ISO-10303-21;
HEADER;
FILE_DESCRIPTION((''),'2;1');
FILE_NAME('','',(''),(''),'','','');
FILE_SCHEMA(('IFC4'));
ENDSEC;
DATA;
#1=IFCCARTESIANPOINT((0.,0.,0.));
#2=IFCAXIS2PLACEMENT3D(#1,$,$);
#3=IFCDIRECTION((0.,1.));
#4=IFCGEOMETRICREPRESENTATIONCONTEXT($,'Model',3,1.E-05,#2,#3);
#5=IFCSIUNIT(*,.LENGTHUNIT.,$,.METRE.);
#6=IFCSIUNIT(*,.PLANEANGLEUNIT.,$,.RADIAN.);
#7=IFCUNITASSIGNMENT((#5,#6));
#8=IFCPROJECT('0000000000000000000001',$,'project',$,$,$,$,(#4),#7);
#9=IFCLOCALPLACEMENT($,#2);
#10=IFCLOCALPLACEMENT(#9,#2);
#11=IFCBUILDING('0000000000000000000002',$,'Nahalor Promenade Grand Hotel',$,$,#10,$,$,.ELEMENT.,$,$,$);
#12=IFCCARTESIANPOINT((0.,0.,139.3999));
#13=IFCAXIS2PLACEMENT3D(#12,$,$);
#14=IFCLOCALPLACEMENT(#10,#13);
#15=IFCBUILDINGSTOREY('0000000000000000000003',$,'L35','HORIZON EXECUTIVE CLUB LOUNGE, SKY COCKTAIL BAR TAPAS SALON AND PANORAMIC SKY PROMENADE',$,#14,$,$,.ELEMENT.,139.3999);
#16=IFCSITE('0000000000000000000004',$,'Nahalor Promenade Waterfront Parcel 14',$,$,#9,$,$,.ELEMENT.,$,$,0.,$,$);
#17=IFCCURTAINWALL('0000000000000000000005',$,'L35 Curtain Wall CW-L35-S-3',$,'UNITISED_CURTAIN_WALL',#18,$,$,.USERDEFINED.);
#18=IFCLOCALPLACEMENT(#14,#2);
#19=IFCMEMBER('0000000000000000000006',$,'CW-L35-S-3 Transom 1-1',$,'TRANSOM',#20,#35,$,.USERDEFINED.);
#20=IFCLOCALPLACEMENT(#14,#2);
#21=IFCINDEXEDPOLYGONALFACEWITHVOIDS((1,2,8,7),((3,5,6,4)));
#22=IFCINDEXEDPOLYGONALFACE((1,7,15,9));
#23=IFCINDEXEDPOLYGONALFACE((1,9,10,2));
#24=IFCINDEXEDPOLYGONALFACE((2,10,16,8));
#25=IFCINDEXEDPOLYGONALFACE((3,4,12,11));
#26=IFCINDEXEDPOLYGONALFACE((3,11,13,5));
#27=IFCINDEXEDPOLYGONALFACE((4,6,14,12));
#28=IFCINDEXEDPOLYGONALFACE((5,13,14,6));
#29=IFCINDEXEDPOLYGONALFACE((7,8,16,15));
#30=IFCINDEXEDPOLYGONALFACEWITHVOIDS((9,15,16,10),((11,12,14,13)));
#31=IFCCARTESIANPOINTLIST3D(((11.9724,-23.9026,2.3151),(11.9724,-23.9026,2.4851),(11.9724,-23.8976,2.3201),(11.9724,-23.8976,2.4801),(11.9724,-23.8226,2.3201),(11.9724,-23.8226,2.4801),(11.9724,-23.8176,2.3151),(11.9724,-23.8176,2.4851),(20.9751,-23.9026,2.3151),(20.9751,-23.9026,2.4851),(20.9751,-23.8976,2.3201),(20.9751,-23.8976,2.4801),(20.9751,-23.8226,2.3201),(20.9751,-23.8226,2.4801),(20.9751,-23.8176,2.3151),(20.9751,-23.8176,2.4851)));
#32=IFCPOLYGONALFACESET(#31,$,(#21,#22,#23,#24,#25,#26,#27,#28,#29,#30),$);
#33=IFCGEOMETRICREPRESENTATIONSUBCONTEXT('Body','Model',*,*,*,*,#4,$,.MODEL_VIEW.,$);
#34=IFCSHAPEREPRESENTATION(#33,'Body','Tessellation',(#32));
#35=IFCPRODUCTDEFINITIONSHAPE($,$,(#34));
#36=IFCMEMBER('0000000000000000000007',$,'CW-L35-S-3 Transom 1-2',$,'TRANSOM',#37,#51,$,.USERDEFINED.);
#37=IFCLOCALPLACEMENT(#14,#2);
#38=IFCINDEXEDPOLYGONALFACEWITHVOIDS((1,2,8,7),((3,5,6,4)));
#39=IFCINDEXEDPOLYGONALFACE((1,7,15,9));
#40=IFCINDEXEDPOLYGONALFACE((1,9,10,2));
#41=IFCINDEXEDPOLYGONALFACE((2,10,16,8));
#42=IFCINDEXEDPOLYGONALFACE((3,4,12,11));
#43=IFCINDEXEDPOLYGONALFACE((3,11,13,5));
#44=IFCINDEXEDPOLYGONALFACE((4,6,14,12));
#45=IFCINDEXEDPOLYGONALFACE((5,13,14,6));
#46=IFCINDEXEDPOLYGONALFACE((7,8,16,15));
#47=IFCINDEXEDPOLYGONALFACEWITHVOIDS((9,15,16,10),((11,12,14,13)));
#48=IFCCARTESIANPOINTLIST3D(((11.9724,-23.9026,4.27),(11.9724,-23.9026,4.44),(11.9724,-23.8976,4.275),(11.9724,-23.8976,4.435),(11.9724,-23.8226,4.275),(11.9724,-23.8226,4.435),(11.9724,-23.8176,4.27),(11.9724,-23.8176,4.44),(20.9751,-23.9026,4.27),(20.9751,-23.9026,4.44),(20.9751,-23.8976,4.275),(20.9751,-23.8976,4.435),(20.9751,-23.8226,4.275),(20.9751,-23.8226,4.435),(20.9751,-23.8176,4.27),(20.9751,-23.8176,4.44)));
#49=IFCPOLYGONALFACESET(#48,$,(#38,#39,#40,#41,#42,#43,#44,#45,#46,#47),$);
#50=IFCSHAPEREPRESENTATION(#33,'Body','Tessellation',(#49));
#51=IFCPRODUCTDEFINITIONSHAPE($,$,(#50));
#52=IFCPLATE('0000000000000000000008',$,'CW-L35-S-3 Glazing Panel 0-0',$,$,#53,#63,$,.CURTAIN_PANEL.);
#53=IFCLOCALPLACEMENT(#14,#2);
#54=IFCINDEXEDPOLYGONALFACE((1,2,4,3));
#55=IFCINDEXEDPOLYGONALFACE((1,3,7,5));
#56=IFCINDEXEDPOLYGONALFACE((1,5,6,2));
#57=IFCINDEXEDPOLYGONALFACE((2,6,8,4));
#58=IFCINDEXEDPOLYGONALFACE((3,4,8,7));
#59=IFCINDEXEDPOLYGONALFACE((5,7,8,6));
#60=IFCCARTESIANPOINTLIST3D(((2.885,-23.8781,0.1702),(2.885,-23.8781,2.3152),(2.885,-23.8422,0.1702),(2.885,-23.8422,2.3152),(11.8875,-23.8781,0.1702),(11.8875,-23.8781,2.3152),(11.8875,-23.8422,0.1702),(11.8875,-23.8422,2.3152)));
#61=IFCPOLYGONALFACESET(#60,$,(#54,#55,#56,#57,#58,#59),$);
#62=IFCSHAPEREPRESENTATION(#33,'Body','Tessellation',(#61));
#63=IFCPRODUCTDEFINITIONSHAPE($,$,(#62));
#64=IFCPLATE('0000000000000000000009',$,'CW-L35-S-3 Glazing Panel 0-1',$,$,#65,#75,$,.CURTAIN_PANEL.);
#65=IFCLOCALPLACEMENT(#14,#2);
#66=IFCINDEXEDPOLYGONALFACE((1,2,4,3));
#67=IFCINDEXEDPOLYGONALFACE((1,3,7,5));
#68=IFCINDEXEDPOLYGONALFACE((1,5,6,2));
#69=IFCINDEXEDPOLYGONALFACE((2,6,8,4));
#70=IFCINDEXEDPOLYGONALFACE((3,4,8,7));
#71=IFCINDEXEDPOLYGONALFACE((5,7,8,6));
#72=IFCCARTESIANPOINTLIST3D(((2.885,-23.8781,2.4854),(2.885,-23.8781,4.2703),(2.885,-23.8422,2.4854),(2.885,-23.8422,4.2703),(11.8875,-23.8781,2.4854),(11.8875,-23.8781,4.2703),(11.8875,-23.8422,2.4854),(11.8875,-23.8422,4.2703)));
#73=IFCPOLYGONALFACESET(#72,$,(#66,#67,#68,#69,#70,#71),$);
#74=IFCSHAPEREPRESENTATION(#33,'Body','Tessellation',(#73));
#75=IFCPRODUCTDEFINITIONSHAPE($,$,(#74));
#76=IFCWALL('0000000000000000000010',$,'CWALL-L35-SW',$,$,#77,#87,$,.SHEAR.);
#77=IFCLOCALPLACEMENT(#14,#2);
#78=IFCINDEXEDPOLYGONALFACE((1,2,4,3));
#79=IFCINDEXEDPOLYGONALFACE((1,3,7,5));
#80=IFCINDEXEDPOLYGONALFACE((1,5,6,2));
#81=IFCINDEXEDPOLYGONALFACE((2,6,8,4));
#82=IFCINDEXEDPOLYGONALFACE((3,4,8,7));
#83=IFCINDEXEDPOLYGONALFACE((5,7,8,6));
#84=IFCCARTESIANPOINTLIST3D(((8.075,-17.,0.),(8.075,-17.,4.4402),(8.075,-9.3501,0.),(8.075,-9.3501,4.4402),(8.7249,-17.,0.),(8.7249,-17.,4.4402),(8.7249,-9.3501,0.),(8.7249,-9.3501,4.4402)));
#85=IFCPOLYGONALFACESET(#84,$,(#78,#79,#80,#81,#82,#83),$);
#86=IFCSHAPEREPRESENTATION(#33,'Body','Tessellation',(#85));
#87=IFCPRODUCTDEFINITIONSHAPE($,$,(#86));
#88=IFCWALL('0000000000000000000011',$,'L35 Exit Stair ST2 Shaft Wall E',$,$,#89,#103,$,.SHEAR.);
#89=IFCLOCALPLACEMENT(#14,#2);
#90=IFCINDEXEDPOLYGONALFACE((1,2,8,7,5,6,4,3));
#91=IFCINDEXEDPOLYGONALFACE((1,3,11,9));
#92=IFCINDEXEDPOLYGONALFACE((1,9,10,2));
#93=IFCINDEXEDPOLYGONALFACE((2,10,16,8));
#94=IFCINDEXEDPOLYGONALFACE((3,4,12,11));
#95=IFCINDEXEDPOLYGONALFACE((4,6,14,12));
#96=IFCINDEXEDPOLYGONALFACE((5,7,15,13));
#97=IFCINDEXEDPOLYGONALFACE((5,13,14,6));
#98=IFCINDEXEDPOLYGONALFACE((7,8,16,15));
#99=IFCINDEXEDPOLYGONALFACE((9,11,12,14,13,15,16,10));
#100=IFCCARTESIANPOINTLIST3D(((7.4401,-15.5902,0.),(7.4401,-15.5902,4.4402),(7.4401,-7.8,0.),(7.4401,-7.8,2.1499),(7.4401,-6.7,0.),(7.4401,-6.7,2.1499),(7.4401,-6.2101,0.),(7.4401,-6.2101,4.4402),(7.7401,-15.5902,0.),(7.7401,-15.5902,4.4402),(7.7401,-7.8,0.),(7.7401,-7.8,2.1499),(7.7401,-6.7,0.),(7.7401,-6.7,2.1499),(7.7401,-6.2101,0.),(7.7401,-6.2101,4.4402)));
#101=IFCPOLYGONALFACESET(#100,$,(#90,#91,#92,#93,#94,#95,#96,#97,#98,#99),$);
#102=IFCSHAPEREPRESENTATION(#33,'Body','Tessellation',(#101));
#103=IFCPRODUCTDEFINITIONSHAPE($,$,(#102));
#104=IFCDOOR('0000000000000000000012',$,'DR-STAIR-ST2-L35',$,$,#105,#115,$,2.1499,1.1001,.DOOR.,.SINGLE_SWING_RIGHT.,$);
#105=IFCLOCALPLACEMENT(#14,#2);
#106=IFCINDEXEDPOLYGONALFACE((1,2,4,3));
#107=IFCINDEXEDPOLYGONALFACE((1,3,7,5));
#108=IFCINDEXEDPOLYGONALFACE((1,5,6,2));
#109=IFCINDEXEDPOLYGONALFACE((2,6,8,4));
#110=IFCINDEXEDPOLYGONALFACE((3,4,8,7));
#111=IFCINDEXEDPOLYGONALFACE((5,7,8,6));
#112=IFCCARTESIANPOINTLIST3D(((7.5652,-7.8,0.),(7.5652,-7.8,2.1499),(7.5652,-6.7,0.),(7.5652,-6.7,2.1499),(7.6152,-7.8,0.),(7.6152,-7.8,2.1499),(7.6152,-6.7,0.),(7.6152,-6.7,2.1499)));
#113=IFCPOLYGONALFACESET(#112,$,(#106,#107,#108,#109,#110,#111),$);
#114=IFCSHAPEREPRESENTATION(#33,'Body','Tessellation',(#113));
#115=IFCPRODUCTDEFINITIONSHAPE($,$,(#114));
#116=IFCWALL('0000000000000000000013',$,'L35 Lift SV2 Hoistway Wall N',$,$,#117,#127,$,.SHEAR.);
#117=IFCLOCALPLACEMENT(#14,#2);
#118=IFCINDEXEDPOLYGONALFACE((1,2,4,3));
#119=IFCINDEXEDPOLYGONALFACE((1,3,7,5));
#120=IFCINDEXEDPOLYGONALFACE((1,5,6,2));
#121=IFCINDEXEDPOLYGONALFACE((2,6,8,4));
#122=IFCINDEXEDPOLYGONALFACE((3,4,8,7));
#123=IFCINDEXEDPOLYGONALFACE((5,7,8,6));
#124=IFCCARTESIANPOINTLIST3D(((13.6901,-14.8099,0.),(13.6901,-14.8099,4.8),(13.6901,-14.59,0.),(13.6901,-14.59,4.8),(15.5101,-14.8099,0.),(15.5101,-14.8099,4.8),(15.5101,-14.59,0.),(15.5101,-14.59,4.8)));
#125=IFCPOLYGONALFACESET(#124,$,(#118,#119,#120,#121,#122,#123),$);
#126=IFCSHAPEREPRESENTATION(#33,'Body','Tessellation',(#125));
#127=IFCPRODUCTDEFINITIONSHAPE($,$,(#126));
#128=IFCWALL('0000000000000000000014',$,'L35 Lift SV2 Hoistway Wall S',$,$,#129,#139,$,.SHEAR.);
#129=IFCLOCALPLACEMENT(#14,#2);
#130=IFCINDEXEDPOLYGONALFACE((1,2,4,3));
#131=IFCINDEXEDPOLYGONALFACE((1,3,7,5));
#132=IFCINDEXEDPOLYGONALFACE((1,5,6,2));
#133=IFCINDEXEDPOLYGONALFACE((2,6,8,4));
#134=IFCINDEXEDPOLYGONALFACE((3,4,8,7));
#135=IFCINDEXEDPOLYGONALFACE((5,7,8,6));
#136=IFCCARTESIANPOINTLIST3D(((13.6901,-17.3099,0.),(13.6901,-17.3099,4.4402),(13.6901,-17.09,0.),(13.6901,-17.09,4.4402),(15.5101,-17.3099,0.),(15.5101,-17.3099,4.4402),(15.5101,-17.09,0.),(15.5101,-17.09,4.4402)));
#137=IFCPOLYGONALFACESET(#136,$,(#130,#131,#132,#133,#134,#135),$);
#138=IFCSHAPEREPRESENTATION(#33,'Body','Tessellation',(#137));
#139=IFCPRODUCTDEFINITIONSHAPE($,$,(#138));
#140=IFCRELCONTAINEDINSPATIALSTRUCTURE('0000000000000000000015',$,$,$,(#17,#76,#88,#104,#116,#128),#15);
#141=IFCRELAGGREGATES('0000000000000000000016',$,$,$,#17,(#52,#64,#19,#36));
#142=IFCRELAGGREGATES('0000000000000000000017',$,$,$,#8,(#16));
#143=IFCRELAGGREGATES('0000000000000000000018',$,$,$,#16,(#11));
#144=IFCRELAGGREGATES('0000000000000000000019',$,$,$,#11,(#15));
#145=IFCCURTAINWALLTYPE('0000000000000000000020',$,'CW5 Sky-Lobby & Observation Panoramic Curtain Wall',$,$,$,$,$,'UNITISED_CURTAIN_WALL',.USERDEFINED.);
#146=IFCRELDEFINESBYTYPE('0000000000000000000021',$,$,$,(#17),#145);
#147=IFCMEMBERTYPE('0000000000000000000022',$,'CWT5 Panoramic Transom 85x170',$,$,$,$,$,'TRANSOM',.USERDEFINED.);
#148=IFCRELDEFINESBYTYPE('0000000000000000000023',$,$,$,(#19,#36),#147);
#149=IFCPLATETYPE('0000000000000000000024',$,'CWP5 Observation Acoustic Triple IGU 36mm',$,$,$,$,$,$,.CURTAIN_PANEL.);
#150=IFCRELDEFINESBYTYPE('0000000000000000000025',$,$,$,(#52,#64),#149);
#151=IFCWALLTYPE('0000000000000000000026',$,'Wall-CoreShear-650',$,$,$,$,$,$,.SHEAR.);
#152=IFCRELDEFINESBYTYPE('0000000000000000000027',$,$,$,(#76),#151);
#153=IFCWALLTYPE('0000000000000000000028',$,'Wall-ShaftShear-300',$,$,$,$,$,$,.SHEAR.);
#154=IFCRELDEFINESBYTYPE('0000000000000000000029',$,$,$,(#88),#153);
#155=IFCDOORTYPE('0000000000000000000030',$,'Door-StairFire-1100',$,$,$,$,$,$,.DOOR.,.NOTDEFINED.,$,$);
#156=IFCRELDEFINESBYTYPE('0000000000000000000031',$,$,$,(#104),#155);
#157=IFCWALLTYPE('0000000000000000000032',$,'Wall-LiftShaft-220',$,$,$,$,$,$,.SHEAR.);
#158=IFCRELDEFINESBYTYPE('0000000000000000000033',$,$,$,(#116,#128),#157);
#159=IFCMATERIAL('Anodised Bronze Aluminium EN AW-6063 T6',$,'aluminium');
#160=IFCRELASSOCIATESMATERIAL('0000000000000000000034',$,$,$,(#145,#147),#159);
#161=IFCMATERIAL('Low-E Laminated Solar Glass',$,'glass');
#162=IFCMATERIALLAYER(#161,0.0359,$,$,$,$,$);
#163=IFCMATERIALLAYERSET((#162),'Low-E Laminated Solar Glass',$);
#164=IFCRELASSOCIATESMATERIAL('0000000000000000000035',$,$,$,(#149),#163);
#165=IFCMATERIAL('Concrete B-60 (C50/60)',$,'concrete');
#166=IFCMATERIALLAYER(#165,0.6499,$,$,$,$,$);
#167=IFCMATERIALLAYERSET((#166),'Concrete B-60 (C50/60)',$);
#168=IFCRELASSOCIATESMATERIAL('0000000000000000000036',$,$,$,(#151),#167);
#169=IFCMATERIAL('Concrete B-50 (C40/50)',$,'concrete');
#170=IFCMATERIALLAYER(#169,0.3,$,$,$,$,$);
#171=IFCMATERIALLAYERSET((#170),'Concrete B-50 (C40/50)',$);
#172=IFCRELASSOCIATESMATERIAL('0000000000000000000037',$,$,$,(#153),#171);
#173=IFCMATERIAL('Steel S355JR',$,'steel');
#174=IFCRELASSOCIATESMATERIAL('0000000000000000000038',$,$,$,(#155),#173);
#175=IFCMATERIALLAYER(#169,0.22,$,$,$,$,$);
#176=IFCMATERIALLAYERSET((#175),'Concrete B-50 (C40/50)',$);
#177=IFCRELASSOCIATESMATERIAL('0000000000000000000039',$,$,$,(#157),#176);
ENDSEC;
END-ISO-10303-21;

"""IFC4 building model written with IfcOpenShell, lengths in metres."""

from ifc_helpers import new_model, si_unit, direction, frame, frame_2d, origin, origin_2d, place, context, subcontext, project, spatial, rectangle, hollow_rectangle, extrude, source, transform, mapped, material, layer, layer_set, material_profile, profile_set, type_object, element, fill, aggregate, save


model = new_model("IFC4")

# Units and contexts
model_context = context("Model", 3, precision=1e-05, world=origin(), true_north=direction((0.0, 1.0)))
body_context = subcontext(model_context, "Body", "Model", "MODEL_VIEW")
ifc_project = project(units=[si_unit("LENGTHUNIT", "METRE"), si_unit("PLANEANGLEUNIT", "RADIAN")], contexts=[model_context])

# Site, building, storey
site_placement = place(None, origin())
site = spatial("IfcSite", under=ifc_project, at=site_placement, Name="Nahalor Promenade Waterfront Parcel 14", CompositionType="ELEMENT", RefElevation=0.0)
building_placement = place(site_placement, origin())
building = spatial("IfcBuilding", under=site, at=building_placement, Name="Nahalor Promenade Grand Hotel", CompositionType="ELEMENT")
storey_placement = place(building_placement, frame((0.0, 0.0, 139.3999)))
storey = spatial("IfcBuildingStorey", under=building, at=storey_placement, Name="L35", Description="HORIZON EXECUTIVE CLUB LOUNGE, SKY COCKTAIL BAR TAPAS SALON AND PANORAMIC SKY PROMENADE", CompositionType="ELEMENT", Elevation=139.3999)

# Shared definitions
ifc_material_1 = material(Name="Concrete B-60 (C50/60)", Category="concrete")

# Shared definitions
ifc_material_2 = material(Name="Steel S355JR", Category="steel")

# Curtain wall, members, plates
ifc_material_3 = material(Name="Anodised Bronze Aluminium EN AW-6063 T6", Category="aluminium")
curtain_wall_type = type_object("IfcCurtainWallType", Name="CW5 Sky-Lobby & Observation Panoramic Curtain Wall", ElementType="UNITISED_CURTAIN_WALL", PredefinedType="USERDEFINED", material=ifc_material_3)
curtain_wall_placement = place(storey_placement, origin())
curtain_wall = element("IfcCurtainWall", 1, at=curtain_wall_placement, inside=storey, type_object=curtain_wall_type, Name="L35 Curtain Wall CW-L35-S-3", ObjectType="UNITISED_CURTAIN_WALL", PredefinedType="USERDEFINED")
ifc_material_profile_1 = material_profile(ifc_material_3, hollow_rectangle(XDim=0.085, YDim=0.17, WallThickness=0.005, at=origin_2d()), Name="CWT 85x170x5")
ifc_profile_set_1 = profile_set([ifc_material_profile_1], Name="Anodised Bronze Aluminium EN AW-6063 T6")
member_type_1 = type_object("IfcMemberType", Name="CWT5 Panoramic Transom 85x170", ElementType="TRANSOM", PredefinedType="USERDEFINED", material=ifc_profile_set_1)
shared_shape_1 = source(origin(), body_context, "Body", "SweptSolid", [
    extrude(hollow_rectangle(XDim=0.085, YDim=0.17, WallThickness=0.005, at=origin_2d()), origin(), (0.0, 0.0, 1.0), 9.0027),
])
member_1_placement = place(storey_placement, frame((11.9724, -23.8601, 2.4001), z_axis=(1.0, 0.0, 0.0), x_axis=(0.0, 1.0, 0.0)))
member_1 = element("IfcMember", 2, at=member_1_placement, type_object=member_type_1, Name="CW-L35-S-3 Transom 1-1", ObjectType="TRANSOM", PredefinedType="USERDEFINED", context=body_context, shape_type="MappedRepresentation", body=[
    mapped(shared_shape_1, transform((0.0, 0.0, 0.0), scale=1.0)),
])
member_2_placement = place(storey_placement, frame((11.9724, -23.8601, 4.355), z_axis=(1.0, 0.0, 0.0), x_axis=(0.0, 1.0, 0.0)))
member_2 = element("IfcMember", 3, at=member_2_placement, type_object=member_type_1, Name="CW-L35-S-3 Transom 1-2", ObjectType="TRANSOM", PredefinedType="USERDEFINED", context=body_context, shape_type="MappedRepresentation", body=[
    mapped(shared_shape_1, transform((0.0, 0.0, 0.0), scale=1.0)),
])
ifc_material_4 = material(Name="Low-E Laminated Solar Glass", Category="glass")
ifc_layer_1 = layer(ifc_material_4, 0.0359)
ifc_layer_set_1 = layer_set([ifc_layer_1], Name="Low-E Laminated Solar Glass")
plate_type = type_object("IfcPlateType", Name="CWP5 Observation Acoustic Triple IGU 36mm", PredefinedType="CURTAIN_PANEL", material=ifc_layer_set_1)
shared_shape_2 = source(origin(), body_context, "Body", "SweptSolid", [
    extrude(rectangle(XDim=9.0024, YDim=0.0359, at=origin_2d()), origin(), (0.0, 0.0, 1.0), 2.145),
])
plate_1_placement = place(storey_placement, frame((7.3862, -23.8601, 0.1702), z_axis=(0.0, 0.0, 1.0), x_axis=(1.0, 0.0, 0.0)))
plate_1 = element("IfcPlate", 4, at=plate_1_placement, type_object=plate_type, Name="CW-L35-S-3 Glazing Panel 0-0", PredefinedType="CURTAIN_PANEL", context=body_context, shape_type="MappedRepresentation", body=[
    mapped(shared_shape_2, transform((0.0, 0.0, 0.0), scale=1.0)),
])
shared_shape_3 = source(origin(), body_context, "Body", "SweptSolid", [
    extrude(rectangle(XDim=9.0024, YDim=0.0359, at=origin_2d()), origin(), (0.0, 0.0, 1.0), 1.7849),
])
plate_2_placement = place(storey_placement, frame((7.3862, -23.8601, 2.4854), z_axis=(0.0, 0.0, 1.0), x_axis=(1.0, 0.0, 0.0)))
plate_2 = element("IfcPlate", 5, at=plate_2_placement, type_object=plate_type, Name="CW-L35-S-3 Glazing Panel 0-1", PredefinedType="CURTAIN_PANEL", context=body_context, shape_type="MappedRepresentation", body=[
    mapped(shared_shape_3, transform((0.0, 0.0, 0.0), scale=1.0)),
])
aggregate(curtain_wall, [plate_1, plate_2, member_1, member_2])

# Wall
ifc_layer_2 = layer(ifc_material_1, 0.6499)
ifc_layer_set_2 = layer_set([ifc_layer_2], Name="Concrete B-60 (C50/60)")
wall_type_1 = type_object("IfcWallType", Name="Wall-CoreShear-650", PredefinedType="SHEAR", material=ifc_layer_set_2)
shared_shape_4 = source(origin(), body_context, "Body", "SweptSolid", [
    extrude(rectangle(XDim=7.6499, YDim=0.6499, at=frame_2d((3.825, 0.0))), origin(), (0.0, 0.0, 1.0), 4.4402),
])
wall_1_placement = place(storey_placement, frame((8.3999, -17.0, 0.0), z_axis=(0.0, 0.0, 1.0), x_axis=(0.0, 1.0, 0.0)))
element("IfcWall", 6, at=wall_1_placement, inside=storey, type_object=wall_type_1, Name="CWALL-L35-SW", PredefinedType="SHEAR", context=body_context, shape_type="MappedRepresentation", body=[
    mapped(shared_shape_4, transform((0.0, 0.0, 0.0), scale=1.0)),
])

# Wall, opening, door
ifc_material_5 = material(Name="Concrete B-50 (C40/50)", Category="concrete")
ifc_layer_3 = layer(ifc_material_5, 0.3)
ifc_layer_set_3 = layer_set([ifc_layer_3], Name="Concrete B-50 (C40/50)")
wall_type_2 = type_object("IfcWallType", Name="Wall-ShaftShear-300", PredefinedType="SHEAR", material=ifc_layer_set_3)
shared_shape_5 = source(origin(), body_context, "Body", "SweptSolid", [
    extrude(rectangle(XDim=9.3801, YDim=0.3, at=frame_2d((4.6899, 0.0))), origin(), (0.0, 0.0, 1.0), 4.4402),
])
wall_2_placement = place(storey_placement, frame((7.5901, -15.5901, 0.0), z_axis=(0.0, 0.0, 1.0), x_axis=(0.0, 1.0, 0.0)))
wall_2 = element("IfcWall", 7, at=wall_2_placement, inside=storey, type_object=wall_type_2, Name="L35 Exit Stair ST2 Shaft Wall E", PredefinedType="SHEAR", context=body_context, shape_type="MappedRepresentation", body=[
    mapped(shared_shape_5, transform((0.0, 0.0, 0.0), scale=1.0)),
])
opening_1_placement = place(wall_2_placement, frame((7.79, 0.0, 0.0)))
opening_1 = element("IfcOpeningElement", 8, at=opening_1_placement, cuts=wall_2, PredefinedType="OPENING", context=body_context, shape_type="SweptSolid", body=[
    extrude(rectangle(XDim=1.1001, YDim=2.1499, at=frame_2d((0.55, 1.075))), frame((0.0, 0.1599, 0.0), z_axis=(0.0, -1.0, 0.0), x_axis=(1.0, 0.0, 0.0)), (0.0, 0.0, 1.0), 0.3201),
])
door_type_1 = type_object("IfcDoorType", Name="Door-StairFire-1100", OperationType="NOTDEFINED", PredefinedType="DOOR", material=ifc_material_2)
shared_shape_6 = source(origin(), body_context, "Body", "SweptSolid", [
    extrude(rectangle(XDim=1.1001, YDim=2.1499, at=frame_2d((0.55, 1.075))), frame((0.0, 0.0249, 0.0), z_axis=(0.0, -1.0, 0.0), x_axis=(1.0, 0.0, 0.0)), (0.0, 0.0, 1.0), 0.05),
])
door_1_placement = place(opening_1_placement, origin())
door_1 = element("IfcDoor", 9, at=door_1_placement, inside=storey, type_object=door_type_1, Name="DR-STAIR-ST2-L35", OperationType="SINGLE_SWING_RIGHT", OverallHeight=2.1499, OverallWidth=1.1001, PredefinedType="DOOR", context=body_context, shape_type="MappedRepresentation", body=[
    mapped(shared_shape_6, transform((0.0, 0.0, 0.0), scale=1.0)),
])
fill(opening_1, door_1)

# Walls
ifc_layer_4 = layer(ifc_material_5, 0.22)
ifc_layer_set_4 = layer_set([ifc_layer_4], Name="Concrete B-50 (C40/50)")
wall_type_3 = type_object("IfcWallType", Name="Wall-LiftShaft-220", PredefinedType="SHEAR", material=ifc_layer_set_4)
shared_shape_7 = source(origin(), body_context, "Body", "SweptSolid", [
    extrude(rectangle(XDim=1.8201, YDim=0.22, at=frame_2d((0.9102, 0.0))), origin(), (0.0, 0.0, 1.0), 4.8),
])
wall_3_placement = place(storey_placement, frame((13.6899, -14.7, 0.0), z_axis=(0.0, 0.0, 1.0), x_axis=(1.0, 0.0, 0.0)))
element("IfcWall", 10, at=wall_3_placement, inside=storey, type_object=wall_type_3, Name="L35 Lift SV2 Hoistway Wall N", PredefinedType="SHEAR", context=body_context, shape_type="MappedRepresentation", body=[
    mapped(shared_shape_7, transform((0.0, 0.0, 0.0), scale=1.0)),
])
shared_shape_8 = source(origin(), body_context, "Body", "SweptSolid", [
    extrude(rectangle(XDim=1.8201, YDim=0.22, at=frame_2d((0.9102, 0.0))), origin(), (0.0, 0.0, 1.0), 4.4402),
])
wall_4_placement = place(storey_placement, frame((13.6899, -17.2, 0.0), z_axis=(0.0, 0.0, 1.0), x_axis=(1.0, 0.0, 0.0)))
element("IfcWall", 11, at=wall_4_placement, inside=storey, type_object=wall_type_3, Name="L35 Lift SV2 Hoistway Wall S", PredefinedType="SHEAR", context=body_context, shape_type="MappedRepresentation", body=[
    mapped(shared_shape_8, transform((0.0, 0.0, 0.0), scale=1.0)),
])

save(model, "model.ifc")
